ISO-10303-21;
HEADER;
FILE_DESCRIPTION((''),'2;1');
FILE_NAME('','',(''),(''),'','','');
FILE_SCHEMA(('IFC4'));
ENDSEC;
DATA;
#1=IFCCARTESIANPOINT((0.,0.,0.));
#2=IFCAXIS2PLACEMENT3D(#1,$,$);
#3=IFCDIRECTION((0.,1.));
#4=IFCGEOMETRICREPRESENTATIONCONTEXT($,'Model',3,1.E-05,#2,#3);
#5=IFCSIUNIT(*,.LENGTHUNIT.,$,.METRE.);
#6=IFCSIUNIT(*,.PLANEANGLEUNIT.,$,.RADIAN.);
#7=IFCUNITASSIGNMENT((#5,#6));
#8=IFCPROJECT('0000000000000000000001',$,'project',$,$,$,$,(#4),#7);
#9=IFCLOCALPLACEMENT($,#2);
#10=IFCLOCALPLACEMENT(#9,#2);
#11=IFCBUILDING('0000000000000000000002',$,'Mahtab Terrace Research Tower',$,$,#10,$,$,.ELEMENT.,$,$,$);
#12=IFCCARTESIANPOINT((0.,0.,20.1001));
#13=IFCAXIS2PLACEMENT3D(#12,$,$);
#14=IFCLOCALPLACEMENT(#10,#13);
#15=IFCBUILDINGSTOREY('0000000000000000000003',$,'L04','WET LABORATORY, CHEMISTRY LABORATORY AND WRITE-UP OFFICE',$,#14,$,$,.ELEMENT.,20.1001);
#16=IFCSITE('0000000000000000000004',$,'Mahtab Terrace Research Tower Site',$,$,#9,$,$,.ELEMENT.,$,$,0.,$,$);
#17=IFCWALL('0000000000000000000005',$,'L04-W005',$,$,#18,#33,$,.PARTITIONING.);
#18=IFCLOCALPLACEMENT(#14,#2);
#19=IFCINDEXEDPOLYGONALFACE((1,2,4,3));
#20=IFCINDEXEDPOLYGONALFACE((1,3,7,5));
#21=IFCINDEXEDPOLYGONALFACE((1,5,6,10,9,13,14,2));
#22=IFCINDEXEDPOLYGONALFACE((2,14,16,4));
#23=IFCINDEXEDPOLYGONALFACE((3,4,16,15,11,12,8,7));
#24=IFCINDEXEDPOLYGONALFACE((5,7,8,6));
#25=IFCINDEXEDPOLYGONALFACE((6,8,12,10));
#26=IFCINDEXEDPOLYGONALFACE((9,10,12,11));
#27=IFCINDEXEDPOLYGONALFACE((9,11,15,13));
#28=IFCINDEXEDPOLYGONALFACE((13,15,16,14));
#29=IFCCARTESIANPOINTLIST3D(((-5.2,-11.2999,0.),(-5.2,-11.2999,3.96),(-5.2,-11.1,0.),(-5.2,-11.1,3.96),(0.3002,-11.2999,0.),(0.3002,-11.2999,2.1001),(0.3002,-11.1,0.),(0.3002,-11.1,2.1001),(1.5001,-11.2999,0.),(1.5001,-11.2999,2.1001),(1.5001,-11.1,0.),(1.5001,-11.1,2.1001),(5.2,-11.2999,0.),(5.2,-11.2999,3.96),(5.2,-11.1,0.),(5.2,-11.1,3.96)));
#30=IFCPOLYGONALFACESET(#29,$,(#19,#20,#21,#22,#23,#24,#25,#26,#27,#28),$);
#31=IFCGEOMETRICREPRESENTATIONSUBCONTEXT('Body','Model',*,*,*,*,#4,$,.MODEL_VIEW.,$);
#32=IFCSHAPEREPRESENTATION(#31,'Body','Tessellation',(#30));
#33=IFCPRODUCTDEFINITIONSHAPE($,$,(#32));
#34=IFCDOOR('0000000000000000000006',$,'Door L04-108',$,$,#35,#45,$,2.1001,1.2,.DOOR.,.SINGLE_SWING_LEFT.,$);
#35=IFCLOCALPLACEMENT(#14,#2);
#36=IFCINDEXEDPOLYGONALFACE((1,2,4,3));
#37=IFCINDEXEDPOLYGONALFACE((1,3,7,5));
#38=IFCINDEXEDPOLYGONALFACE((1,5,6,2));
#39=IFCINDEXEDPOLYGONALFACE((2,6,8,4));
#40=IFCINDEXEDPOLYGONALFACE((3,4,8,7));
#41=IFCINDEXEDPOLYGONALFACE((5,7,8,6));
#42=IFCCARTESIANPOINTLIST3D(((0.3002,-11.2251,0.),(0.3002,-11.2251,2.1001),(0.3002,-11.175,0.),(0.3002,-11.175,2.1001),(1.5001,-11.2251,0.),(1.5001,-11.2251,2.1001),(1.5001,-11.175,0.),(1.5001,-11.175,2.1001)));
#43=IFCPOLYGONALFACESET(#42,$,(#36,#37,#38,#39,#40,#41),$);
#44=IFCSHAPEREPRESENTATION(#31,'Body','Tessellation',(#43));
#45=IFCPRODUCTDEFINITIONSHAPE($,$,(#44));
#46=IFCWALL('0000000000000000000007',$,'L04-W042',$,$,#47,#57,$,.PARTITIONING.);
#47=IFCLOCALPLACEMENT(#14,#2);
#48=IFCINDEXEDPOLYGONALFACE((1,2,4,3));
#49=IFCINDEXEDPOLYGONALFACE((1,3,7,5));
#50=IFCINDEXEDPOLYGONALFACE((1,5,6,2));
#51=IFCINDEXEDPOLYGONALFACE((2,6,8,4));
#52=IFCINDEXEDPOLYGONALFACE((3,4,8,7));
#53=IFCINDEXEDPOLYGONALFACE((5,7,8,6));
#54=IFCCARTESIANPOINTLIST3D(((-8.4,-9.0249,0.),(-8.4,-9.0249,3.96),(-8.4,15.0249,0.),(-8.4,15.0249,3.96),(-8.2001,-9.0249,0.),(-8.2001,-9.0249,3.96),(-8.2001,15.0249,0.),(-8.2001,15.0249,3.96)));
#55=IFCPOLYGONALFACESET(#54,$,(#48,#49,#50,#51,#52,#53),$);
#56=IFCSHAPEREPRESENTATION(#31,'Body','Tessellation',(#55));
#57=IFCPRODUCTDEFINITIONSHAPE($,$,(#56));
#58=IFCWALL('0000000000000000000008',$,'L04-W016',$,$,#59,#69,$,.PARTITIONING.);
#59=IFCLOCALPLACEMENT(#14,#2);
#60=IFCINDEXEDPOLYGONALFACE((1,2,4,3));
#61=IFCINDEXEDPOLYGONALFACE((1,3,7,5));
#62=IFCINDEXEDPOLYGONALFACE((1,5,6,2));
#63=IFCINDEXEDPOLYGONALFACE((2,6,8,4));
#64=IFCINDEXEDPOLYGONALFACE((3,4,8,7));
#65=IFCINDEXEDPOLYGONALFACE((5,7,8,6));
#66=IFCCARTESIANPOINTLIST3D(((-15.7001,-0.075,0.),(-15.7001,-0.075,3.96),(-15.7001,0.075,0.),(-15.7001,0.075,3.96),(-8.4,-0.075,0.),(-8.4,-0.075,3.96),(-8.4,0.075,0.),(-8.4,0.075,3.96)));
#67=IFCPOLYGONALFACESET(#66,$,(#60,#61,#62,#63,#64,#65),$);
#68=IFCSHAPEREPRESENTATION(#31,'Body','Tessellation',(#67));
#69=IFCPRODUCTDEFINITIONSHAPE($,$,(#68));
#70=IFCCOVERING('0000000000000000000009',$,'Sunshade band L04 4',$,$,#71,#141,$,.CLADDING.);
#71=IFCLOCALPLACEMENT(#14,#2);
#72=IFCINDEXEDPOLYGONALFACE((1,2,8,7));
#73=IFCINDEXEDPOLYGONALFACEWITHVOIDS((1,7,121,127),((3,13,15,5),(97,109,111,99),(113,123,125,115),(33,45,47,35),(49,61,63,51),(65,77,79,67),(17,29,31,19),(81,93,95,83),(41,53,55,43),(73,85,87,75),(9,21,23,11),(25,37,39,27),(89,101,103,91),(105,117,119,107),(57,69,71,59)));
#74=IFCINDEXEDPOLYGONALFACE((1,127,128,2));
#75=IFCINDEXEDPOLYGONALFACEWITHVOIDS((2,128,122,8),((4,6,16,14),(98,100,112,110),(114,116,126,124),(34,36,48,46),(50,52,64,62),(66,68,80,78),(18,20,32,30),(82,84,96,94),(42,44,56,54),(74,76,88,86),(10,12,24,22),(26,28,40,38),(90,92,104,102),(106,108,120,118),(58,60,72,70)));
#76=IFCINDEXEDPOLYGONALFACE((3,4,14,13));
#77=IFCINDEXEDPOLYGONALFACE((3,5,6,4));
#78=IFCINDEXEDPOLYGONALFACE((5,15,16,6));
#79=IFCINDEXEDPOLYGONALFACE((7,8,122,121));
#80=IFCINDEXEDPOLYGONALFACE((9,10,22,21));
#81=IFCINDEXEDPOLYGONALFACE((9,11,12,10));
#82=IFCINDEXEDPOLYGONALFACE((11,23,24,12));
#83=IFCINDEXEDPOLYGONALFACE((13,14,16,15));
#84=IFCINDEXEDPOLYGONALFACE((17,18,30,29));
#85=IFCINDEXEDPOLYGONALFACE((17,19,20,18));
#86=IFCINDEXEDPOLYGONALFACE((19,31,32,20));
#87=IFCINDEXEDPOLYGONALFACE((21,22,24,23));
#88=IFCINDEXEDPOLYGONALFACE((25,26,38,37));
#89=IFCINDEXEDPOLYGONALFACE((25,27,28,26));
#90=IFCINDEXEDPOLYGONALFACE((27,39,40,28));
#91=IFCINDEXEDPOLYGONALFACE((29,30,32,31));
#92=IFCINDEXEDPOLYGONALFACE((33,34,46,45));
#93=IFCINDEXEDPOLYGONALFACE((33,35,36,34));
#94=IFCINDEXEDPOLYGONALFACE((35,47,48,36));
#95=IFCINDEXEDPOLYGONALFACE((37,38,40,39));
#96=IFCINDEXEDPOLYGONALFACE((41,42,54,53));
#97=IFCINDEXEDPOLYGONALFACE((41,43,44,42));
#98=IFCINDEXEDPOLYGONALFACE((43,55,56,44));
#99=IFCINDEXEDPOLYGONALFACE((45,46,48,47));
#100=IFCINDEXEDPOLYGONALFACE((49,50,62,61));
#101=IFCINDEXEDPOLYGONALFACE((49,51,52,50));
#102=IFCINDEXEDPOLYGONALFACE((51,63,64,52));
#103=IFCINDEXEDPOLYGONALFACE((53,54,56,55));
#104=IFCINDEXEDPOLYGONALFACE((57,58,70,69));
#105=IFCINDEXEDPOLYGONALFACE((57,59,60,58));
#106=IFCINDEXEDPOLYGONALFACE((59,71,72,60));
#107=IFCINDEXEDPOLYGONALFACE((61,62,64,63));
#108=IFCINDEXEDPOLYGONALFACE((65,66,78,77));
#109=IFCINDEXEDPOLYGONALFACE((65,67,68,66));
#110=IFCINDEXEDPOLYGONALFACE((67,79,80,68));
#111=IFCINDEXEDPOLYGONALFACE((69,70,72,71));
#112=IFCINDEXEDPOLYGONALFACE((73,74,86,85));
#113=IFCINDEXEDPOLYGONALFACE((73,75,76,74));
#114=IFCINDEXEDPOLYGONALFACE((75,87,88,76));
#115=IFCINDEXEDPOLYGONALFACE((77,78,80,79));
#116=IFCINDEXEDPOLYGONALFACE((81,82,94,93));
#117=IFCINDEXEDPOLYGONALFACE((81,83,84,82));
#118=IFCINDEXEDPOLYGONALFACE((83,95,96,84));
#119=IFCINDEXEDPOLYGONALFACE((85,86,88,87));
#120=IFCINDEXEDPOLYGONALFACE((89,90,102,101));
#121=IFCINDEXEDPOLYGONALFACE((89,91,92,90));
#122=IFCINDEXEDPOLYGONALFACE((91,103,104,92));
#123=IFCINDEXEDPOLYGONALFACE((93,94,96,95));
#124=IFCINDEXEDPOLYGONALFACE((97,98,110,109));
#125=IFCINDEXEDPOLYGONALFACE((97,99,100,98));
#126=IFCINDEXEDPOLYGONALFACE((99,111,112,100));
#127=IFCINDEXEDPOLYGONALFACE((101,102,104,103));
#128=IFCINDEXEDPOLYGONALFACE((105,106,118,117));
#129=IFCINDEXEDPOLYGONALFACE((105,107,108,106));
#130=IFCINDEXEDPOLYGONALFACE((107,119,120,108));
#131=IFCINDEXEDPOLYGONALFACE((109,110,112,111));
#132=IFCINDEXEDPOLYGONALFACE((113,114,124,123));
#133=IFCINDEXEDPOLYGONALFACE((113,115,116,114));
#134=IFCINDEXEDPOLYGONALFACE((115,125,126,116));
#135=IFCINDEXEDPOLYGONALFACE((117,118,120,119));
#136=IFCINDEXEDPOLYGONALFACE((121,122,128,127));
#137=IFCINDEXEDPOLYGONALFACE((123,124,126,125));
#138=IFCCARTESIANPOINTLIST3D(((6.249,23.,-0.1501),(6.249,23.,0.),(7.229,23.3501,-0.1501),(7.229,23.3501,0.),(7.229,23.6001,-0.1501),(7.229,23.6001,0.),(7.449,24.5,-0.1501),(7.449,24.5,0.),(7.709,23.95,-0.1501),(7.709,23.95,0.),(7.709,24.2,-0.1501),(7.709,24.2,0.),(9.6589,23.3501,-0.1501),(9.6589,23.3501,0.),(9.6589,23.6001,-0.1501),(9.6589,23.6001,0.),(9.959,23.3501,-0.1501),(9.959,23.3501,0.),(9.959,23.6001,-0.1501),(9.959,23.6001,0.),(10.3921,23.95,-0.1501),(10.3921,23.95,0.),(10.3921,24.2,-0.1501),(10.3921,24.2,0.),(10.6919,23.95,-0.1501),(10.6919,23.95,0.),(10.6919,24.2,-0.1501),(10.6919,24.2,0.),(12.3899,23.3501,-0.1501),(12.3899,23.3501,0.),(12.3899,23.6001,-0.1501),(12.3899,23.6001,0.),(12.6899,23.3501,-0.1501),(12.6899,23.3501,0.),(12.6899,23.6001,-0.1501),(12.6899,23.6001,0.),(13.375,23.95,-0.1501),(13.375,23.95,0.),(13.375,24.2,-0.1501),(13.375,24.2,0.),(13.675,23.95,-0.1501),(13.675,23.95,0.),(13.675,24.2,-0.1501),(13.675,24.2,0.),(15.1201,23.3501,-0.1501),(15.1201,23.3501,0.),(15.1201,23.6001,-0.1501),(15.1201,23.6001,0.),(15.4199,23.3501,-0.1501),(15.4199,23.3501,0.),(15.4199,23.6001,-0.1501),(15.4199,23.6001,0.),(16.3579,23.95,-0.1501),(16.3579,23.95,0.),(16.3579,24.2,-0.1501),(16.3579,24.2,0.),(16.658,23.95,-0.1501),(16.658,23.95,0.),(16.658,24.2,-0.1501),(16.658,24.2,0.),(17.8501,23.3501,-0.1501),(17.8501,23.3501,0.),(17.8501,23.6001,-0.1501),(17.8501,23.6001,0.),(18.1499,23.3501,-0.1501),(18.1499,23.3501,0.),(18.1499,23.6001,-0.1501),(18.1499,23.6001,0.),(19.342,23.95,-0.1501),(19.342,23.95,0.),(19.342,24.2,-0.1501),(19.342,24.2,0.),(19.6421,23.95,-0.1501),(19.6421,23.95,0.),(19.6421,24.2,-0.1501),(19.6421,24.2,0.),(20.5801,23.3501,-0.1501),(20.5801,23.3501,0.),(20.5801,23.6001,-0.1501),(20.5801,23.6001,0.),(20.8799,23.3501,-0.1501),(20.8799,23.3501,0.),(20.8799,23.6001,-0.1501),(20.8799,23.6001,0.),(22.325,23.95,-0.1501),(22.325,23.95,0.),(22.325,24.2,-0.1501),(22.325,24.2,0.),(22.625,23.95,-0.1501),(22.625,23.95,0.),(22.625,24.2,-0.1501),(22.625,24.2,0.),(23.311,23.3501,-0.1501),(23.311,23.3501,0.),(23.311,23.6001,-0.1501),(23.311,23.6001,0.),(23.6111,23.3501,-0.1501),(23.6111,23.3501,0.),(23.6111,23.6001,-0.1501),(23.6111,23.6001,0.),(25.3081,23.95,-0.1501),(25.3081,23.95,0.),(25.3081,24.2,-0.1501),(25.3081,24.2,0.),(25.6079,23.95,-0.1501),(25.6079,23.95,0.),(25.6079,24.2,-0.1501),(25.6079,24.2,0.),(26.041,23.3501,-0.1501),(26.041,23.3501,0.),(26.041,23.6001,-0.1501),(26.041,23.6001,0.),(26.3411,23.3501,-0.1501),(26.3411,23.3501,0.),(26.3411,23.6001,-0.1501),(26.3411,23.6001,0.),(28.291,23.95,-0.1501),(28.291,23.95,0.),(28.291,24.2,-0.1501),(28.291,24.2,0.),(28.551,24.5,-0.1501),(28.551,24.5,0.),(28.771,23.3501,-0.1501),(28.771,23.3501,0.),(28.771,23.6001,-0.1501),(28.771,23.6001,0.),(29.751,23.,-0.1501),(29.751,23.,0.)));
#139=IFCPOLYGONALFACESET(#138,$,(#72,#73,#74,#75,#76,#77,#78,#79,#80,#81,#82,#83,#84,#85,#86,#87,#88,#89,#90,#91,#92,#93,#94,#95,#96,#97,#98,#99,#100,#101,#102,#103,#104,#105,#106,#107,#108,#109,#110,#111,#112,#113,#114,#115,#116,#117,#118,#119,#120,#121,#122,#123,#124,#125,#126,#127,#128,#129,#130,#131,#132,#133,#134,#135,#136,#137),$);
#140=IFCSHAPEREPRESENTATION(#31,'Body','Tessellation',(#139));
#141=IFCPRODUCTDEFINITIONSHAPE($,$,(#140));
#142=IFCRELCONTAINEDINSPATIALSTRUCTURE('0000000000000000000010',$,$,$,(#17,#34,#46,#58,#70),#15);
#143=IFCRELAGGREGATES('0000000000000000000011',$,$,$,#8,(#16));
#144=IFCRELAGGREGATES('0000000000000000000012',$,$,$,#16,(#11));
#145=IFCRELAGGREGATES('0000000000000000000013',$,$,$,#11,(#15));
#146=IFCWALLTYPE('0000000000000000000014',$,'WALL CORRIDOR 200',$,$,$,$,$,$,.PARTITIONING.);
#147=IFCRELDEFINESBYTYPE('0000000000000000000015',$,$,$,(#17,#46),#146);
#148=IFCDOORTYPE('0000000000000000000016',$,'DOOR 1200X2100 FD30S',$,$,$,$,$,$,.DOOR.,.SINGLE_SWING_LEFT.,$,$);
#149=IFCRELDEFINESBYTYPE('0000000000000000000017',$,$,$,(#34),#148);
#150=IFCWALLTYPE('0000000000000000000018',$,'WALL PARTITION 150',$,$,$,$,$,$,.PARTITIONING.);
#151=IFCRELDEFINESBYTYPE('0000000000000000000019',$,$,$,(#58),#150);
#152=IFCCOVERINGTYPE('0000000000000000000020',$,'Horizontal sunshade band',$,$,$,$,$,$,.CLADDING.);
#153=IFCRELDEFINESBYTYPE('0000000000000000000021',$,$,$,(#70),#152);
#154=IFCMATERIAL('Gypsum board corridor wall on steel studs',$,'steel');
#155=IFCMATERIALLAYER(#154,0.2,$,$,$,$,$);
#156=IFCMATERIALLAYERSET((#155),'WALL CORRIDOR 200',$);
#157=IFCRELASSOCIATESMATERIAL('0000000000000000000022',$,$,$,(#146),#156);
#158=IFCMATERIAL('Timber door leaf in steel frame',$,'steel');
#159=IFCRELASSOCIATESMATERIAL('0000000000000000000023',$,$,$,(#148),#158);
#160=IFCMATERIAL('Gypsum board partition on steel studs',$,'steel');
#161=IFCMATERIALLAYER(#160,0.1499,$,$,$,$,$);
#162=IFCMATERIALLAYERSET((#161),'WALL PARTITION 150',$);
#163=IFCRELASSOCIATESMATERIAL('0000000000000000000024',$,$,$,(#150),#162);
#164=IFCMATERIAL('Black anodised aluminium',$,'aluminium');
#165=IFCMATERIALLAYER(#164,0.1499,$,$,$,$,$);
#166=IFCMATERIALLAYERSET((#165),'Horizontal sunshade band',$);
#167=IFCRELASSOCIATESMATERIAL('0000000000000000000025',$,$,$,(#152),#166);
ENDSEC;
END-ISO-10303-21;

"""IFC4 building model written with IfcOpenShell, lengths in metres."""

from ifc_helpers import new_model, si_unit, direction, frame, frame_2d, origin, place, context, subcontext, project, spatial, polyline, rectangle, outline, extrude, material, layer, layer_set, type_object, element, fill, save


model = new_model("IFC4")

# Units and contexts
model_context = context("Model", 3, precision=1e-05, world=origin(), true_north=direction((0.0, 1.0)))
body_context = subcontext(model_context, "Body", "Model", "MODEL_VIEW")
ifc_project = project(units=[si_unit("LENGTHUNIT", "METRE"), si_unit("PLANEANGLEUNIT", "RADIAN")], contexts=[model_context])

# Site, building, storey
site_placement = place(None, origin())
site = spatial("IfcSite", under=ifc_project, at=site_placement, Name="Mahtab Terrace Research Tower Site", CompositionType="ELEMENT", RefElevation=0.0)
building_placement = place(site_placement, origin())
building = spatial("IfcBuilding", under=site, at=building_placement, Name="Mahtab Terrace Research Tower", CompositionType="ELEMENT")
storey_placement = place(building_placement, frame((0.0, 0.0, 20.1001)))
storey = spatial("IfcBuildingStorey", under=building, at=storey_placement, Name="L04", Description="WET LABORATORY, CHEMISTRY LABORATORY AND WRITE-UP OFFICE", CompositionType="ELEMENT", Elevation=20.1001)

# Wall, opening, door
ifc_material_1 = material(Name="Gypsum board corridor wall on steel studs", Category="steel")
ifc_layer_1 = layer(ifc_material_1, 0.2)
ifc_layer_set_1 = layer_set([ifc_layer_1], Name="WALL CORRIDOR 200")
wall_type_1 = type_object("IfcWallType", Name="WALL CORRIDOR 200", PredefinedType="PARTITIONING", material=ifc_layer_set_1)
wall_1_placement = place(storey_placement, frame((-5.2, -11.2, 0.0), z_axis=(0.0, 0.0, 1.0), x_axis=(1.0, 0.0, 0.0)))
wall_1 = element("IfcWall", 1, at=wall_1_placement, inside=storey, type_object=wall_type_1, Name="L04-W005", PredefinedType="PARTITIONING", context=body_context, shape_type="SweptSolid", body=[
    extrude(rectangle(XDim=10.3999, YDim=0.2, at=frame_2d((5.2, 0.0))), origin(), (0.0, 0.0, 1.0), 3.96),
])
opening_1_placement = place(wall_1_placement, frame((5.5, 0.0, 0.0)))
opening_1 = element("IfcOpeningElement", 2, at=opening_1_placement, cuts=wall_1, PredefinedType="OPENING", context=body_context, shape_type="SweptSolid", body=[
    extrude(rectangle(XDim=1.2, YDim=2.1001, at=frame_2d((0.6001, 1.05))), frame((0.0, 0.1099, 0.0), z_axis=(0.0, -1.0, 0.0), x_axis=(1.0, 0.0, 0.0)), (0.0, 0.0, 1.0), 0.22),
])
ifc_material_2 = material(Name="Timber door leaf in steel frame", Category="steel")
door_type_1 = type_object("IfcDoorType", Name="DOOR 1200X2100 FD30S", OperationType="SINGLE_SWING_LEFT", PredefinedType="DOOR", material=ifc_material_2)
door_1_placement = place(opening_1_placement, origin())
door_1 = element("IfcDoor", 3, at=door_1_placement, inside=storey, type_object=door_type_1, Name="Door L04-108", OperationType="SINGLE_SWING_LEFT", OverallHeight=2.1001, OverallWidth=1.2, PredefinedType="DOOR", context=body_context, shape_type="SweptSolid", body=[
    extrude(rectangle(XDim=1.2, YDim=2.1001, at=frame_2d((0.6001, 1.05))), frame((0.0, 0.0249, 0.0), z_axis=(0.0, -1.0, 0.0), x_axis=(1.0, 0.0, 0.0)), (0.0, 0.0, 1.0), 0.05),
])
fill(opening_1, door_1)

# Walls
wall_2_placement = place(storey_placement, frame((-8.3, -9.0249, 0.0), z_axis=(0.0, 0.0, 1.0), x_axis=(0.0, 1.0, 0.0)))
element("IfcWall", 4, at=wall_2_placement, inside=storey, type_object=wall_type_1, Name="L04-W042", PredefinedType="PARTITIONING", context=body_context, shape_type="SweptSolid", body=[
    extrude(rectangle(XDim=24.0498, YDim=0.2, at=frame_2d((12.0249, 0.0))), origin(), (0.0, 0.0, 1.0), 3.96),
])
ifc_material_3 = material(Name="Gypsum board partition on steel studs", Category="steel")
ifc_layer_2 = layer(ifc_material_3, 0.1499)
ifc_layer_set_2 = layer_set([ifc_layer_2], Name="WALL PARTITION 150")
wall_type_2 = type_object("IfcWallType", Name="WALL PARTITION 150", PredefinedType="PARTITIONING", material=ifc_layer_set_2)
wall_3_placement = place(storey_placement, frame((-15.7, 0.0, 0.0), z_axis=(0.0, 0.0, 1.0), x_axis=(1.0, 0.0, 0.0)))
element("IfcWall", 5, at=wall_3_placement, inside=storey, type_object=wall_type_2, Name="L04-W016", PredefinedType="PARTITIONING", context=body_context, shape_type="SweptSolid", body=[
    extrude(rectangle(XDim=7.3, YDim=0.1499, at=frame_2d((3.6499, 0.0))), origin(), (0.0, 0.0, 1.0), 3.96),
])

# Covering
ifc_material_4 = material(Name="Black anodised aluminium", Category="aluminium")
ifc_layer_3 = layer(ifc_material_4, 0.1499)
ifc_layer_set_3 = layer_set([ifc_layer_3], Name="Horizontal sunshade band")
covering_type = type_object("IfcCoveringType", Name="Horizontal sunshade band", PredefinedType="CLADDING", material=ifc_layer_set_3)
covering_1_placement = place(storey_placement, frame((0.0, 0.0, -0.1501)))
element("IfcCovering", 6, at=covering_1_placement, inside=storey, type_object=covering_type, Name="Sunshade band L04 4", PredefinedType="CLADDING", context=body_context, shape_type="SweptSolid", body=[
    extrude(outline(polyline([(29.751, 23.0), (6.249, 23.0), (7.449, 24.5), (28.551, 24.5), (29.751, 23.0)]), holes=[polyline([(28.771, 23.3501), (26.3411, 23.3501), (26.3411, 23.6001), (28.771, 23.6001), (28.771, 23.3501)]), polyline([(26.041, 23.3501), (23.6111, 23.3501), (23.6111, 23.6001), (26.041, 23.6001), (26.041, 23.3501)]), polyline([(23.311, 23.3501), (20.8799, 23.3501), (20.8799, 23.6001), (23.311, 23.6001), (23.311, 23.3501)]), polyline([(20.5801, 23.3501), (18.1499, 23.3501), (18.1499, 23.6001), (20.5801, 23.6001), (20.5801, 23.3501)]), polyline([(17.8501, 23.3501), (15.4199, 23.3501), (15.4199, 23.6001), (17.8501, 23.6001), (17.8501, 23.3501)]), polyline([(15.1201, 23.3501), (12.6899, 23.3501), (12.6899, 23.6001), (15.1201, 23.6001), (15.1201, 23.3501)]), polyline([(12.3899, 23.3501), (9.959, 23.3501), (9.959, 23.6001), (12.3899, 23.6001), (12.3899, 23.3501)]), polyline([(9.6589, 23.3501), (7.229, 23.3501), (7.229, 23.6001), (9.6589, 23.6001), (9.6589, 23.3501)]), polyline([(28.291, 23.95), (25.6079, 23.95), (25.6079, 24.2), (28.291, 24.2), (28.291, 23.95)]), polyline([(25.3081, 23.95), (22.625, 23.95), (22.625, 24.2), (25.3081, 24.2), (25.3081, 23.95)]), polyline([(22.325, 23.95), (19.6421, 23.95), (19.6421, 24.2), (22.325, 24.2), (22.325, 23.95)]), polyline([(19.342, 23.95), (16.658, 23.95), (16.658, 24.2), (19.342, 24.2), (19.342, 23.95)]), polyline([(16.3579, 23.95), (13.675, 23.95), (13.675, 24.2), (16.3579, 24.2), (16.3579, 23.95)]), polyline([(13.375, 23.95), (10.6919, 23.95), (10.6919, 24.2), (13.375, 24.2), (13.375, 23.95)]), polyline([(10.3921, 23.95), (7.709, 23.95), (7.709, 24.2), (10.3921, 24.2), (10.3921, 23.95)])]), origin(), (0.0, 0.0, 1.0), 0.1501),
])

save(model, "model.ifc")
